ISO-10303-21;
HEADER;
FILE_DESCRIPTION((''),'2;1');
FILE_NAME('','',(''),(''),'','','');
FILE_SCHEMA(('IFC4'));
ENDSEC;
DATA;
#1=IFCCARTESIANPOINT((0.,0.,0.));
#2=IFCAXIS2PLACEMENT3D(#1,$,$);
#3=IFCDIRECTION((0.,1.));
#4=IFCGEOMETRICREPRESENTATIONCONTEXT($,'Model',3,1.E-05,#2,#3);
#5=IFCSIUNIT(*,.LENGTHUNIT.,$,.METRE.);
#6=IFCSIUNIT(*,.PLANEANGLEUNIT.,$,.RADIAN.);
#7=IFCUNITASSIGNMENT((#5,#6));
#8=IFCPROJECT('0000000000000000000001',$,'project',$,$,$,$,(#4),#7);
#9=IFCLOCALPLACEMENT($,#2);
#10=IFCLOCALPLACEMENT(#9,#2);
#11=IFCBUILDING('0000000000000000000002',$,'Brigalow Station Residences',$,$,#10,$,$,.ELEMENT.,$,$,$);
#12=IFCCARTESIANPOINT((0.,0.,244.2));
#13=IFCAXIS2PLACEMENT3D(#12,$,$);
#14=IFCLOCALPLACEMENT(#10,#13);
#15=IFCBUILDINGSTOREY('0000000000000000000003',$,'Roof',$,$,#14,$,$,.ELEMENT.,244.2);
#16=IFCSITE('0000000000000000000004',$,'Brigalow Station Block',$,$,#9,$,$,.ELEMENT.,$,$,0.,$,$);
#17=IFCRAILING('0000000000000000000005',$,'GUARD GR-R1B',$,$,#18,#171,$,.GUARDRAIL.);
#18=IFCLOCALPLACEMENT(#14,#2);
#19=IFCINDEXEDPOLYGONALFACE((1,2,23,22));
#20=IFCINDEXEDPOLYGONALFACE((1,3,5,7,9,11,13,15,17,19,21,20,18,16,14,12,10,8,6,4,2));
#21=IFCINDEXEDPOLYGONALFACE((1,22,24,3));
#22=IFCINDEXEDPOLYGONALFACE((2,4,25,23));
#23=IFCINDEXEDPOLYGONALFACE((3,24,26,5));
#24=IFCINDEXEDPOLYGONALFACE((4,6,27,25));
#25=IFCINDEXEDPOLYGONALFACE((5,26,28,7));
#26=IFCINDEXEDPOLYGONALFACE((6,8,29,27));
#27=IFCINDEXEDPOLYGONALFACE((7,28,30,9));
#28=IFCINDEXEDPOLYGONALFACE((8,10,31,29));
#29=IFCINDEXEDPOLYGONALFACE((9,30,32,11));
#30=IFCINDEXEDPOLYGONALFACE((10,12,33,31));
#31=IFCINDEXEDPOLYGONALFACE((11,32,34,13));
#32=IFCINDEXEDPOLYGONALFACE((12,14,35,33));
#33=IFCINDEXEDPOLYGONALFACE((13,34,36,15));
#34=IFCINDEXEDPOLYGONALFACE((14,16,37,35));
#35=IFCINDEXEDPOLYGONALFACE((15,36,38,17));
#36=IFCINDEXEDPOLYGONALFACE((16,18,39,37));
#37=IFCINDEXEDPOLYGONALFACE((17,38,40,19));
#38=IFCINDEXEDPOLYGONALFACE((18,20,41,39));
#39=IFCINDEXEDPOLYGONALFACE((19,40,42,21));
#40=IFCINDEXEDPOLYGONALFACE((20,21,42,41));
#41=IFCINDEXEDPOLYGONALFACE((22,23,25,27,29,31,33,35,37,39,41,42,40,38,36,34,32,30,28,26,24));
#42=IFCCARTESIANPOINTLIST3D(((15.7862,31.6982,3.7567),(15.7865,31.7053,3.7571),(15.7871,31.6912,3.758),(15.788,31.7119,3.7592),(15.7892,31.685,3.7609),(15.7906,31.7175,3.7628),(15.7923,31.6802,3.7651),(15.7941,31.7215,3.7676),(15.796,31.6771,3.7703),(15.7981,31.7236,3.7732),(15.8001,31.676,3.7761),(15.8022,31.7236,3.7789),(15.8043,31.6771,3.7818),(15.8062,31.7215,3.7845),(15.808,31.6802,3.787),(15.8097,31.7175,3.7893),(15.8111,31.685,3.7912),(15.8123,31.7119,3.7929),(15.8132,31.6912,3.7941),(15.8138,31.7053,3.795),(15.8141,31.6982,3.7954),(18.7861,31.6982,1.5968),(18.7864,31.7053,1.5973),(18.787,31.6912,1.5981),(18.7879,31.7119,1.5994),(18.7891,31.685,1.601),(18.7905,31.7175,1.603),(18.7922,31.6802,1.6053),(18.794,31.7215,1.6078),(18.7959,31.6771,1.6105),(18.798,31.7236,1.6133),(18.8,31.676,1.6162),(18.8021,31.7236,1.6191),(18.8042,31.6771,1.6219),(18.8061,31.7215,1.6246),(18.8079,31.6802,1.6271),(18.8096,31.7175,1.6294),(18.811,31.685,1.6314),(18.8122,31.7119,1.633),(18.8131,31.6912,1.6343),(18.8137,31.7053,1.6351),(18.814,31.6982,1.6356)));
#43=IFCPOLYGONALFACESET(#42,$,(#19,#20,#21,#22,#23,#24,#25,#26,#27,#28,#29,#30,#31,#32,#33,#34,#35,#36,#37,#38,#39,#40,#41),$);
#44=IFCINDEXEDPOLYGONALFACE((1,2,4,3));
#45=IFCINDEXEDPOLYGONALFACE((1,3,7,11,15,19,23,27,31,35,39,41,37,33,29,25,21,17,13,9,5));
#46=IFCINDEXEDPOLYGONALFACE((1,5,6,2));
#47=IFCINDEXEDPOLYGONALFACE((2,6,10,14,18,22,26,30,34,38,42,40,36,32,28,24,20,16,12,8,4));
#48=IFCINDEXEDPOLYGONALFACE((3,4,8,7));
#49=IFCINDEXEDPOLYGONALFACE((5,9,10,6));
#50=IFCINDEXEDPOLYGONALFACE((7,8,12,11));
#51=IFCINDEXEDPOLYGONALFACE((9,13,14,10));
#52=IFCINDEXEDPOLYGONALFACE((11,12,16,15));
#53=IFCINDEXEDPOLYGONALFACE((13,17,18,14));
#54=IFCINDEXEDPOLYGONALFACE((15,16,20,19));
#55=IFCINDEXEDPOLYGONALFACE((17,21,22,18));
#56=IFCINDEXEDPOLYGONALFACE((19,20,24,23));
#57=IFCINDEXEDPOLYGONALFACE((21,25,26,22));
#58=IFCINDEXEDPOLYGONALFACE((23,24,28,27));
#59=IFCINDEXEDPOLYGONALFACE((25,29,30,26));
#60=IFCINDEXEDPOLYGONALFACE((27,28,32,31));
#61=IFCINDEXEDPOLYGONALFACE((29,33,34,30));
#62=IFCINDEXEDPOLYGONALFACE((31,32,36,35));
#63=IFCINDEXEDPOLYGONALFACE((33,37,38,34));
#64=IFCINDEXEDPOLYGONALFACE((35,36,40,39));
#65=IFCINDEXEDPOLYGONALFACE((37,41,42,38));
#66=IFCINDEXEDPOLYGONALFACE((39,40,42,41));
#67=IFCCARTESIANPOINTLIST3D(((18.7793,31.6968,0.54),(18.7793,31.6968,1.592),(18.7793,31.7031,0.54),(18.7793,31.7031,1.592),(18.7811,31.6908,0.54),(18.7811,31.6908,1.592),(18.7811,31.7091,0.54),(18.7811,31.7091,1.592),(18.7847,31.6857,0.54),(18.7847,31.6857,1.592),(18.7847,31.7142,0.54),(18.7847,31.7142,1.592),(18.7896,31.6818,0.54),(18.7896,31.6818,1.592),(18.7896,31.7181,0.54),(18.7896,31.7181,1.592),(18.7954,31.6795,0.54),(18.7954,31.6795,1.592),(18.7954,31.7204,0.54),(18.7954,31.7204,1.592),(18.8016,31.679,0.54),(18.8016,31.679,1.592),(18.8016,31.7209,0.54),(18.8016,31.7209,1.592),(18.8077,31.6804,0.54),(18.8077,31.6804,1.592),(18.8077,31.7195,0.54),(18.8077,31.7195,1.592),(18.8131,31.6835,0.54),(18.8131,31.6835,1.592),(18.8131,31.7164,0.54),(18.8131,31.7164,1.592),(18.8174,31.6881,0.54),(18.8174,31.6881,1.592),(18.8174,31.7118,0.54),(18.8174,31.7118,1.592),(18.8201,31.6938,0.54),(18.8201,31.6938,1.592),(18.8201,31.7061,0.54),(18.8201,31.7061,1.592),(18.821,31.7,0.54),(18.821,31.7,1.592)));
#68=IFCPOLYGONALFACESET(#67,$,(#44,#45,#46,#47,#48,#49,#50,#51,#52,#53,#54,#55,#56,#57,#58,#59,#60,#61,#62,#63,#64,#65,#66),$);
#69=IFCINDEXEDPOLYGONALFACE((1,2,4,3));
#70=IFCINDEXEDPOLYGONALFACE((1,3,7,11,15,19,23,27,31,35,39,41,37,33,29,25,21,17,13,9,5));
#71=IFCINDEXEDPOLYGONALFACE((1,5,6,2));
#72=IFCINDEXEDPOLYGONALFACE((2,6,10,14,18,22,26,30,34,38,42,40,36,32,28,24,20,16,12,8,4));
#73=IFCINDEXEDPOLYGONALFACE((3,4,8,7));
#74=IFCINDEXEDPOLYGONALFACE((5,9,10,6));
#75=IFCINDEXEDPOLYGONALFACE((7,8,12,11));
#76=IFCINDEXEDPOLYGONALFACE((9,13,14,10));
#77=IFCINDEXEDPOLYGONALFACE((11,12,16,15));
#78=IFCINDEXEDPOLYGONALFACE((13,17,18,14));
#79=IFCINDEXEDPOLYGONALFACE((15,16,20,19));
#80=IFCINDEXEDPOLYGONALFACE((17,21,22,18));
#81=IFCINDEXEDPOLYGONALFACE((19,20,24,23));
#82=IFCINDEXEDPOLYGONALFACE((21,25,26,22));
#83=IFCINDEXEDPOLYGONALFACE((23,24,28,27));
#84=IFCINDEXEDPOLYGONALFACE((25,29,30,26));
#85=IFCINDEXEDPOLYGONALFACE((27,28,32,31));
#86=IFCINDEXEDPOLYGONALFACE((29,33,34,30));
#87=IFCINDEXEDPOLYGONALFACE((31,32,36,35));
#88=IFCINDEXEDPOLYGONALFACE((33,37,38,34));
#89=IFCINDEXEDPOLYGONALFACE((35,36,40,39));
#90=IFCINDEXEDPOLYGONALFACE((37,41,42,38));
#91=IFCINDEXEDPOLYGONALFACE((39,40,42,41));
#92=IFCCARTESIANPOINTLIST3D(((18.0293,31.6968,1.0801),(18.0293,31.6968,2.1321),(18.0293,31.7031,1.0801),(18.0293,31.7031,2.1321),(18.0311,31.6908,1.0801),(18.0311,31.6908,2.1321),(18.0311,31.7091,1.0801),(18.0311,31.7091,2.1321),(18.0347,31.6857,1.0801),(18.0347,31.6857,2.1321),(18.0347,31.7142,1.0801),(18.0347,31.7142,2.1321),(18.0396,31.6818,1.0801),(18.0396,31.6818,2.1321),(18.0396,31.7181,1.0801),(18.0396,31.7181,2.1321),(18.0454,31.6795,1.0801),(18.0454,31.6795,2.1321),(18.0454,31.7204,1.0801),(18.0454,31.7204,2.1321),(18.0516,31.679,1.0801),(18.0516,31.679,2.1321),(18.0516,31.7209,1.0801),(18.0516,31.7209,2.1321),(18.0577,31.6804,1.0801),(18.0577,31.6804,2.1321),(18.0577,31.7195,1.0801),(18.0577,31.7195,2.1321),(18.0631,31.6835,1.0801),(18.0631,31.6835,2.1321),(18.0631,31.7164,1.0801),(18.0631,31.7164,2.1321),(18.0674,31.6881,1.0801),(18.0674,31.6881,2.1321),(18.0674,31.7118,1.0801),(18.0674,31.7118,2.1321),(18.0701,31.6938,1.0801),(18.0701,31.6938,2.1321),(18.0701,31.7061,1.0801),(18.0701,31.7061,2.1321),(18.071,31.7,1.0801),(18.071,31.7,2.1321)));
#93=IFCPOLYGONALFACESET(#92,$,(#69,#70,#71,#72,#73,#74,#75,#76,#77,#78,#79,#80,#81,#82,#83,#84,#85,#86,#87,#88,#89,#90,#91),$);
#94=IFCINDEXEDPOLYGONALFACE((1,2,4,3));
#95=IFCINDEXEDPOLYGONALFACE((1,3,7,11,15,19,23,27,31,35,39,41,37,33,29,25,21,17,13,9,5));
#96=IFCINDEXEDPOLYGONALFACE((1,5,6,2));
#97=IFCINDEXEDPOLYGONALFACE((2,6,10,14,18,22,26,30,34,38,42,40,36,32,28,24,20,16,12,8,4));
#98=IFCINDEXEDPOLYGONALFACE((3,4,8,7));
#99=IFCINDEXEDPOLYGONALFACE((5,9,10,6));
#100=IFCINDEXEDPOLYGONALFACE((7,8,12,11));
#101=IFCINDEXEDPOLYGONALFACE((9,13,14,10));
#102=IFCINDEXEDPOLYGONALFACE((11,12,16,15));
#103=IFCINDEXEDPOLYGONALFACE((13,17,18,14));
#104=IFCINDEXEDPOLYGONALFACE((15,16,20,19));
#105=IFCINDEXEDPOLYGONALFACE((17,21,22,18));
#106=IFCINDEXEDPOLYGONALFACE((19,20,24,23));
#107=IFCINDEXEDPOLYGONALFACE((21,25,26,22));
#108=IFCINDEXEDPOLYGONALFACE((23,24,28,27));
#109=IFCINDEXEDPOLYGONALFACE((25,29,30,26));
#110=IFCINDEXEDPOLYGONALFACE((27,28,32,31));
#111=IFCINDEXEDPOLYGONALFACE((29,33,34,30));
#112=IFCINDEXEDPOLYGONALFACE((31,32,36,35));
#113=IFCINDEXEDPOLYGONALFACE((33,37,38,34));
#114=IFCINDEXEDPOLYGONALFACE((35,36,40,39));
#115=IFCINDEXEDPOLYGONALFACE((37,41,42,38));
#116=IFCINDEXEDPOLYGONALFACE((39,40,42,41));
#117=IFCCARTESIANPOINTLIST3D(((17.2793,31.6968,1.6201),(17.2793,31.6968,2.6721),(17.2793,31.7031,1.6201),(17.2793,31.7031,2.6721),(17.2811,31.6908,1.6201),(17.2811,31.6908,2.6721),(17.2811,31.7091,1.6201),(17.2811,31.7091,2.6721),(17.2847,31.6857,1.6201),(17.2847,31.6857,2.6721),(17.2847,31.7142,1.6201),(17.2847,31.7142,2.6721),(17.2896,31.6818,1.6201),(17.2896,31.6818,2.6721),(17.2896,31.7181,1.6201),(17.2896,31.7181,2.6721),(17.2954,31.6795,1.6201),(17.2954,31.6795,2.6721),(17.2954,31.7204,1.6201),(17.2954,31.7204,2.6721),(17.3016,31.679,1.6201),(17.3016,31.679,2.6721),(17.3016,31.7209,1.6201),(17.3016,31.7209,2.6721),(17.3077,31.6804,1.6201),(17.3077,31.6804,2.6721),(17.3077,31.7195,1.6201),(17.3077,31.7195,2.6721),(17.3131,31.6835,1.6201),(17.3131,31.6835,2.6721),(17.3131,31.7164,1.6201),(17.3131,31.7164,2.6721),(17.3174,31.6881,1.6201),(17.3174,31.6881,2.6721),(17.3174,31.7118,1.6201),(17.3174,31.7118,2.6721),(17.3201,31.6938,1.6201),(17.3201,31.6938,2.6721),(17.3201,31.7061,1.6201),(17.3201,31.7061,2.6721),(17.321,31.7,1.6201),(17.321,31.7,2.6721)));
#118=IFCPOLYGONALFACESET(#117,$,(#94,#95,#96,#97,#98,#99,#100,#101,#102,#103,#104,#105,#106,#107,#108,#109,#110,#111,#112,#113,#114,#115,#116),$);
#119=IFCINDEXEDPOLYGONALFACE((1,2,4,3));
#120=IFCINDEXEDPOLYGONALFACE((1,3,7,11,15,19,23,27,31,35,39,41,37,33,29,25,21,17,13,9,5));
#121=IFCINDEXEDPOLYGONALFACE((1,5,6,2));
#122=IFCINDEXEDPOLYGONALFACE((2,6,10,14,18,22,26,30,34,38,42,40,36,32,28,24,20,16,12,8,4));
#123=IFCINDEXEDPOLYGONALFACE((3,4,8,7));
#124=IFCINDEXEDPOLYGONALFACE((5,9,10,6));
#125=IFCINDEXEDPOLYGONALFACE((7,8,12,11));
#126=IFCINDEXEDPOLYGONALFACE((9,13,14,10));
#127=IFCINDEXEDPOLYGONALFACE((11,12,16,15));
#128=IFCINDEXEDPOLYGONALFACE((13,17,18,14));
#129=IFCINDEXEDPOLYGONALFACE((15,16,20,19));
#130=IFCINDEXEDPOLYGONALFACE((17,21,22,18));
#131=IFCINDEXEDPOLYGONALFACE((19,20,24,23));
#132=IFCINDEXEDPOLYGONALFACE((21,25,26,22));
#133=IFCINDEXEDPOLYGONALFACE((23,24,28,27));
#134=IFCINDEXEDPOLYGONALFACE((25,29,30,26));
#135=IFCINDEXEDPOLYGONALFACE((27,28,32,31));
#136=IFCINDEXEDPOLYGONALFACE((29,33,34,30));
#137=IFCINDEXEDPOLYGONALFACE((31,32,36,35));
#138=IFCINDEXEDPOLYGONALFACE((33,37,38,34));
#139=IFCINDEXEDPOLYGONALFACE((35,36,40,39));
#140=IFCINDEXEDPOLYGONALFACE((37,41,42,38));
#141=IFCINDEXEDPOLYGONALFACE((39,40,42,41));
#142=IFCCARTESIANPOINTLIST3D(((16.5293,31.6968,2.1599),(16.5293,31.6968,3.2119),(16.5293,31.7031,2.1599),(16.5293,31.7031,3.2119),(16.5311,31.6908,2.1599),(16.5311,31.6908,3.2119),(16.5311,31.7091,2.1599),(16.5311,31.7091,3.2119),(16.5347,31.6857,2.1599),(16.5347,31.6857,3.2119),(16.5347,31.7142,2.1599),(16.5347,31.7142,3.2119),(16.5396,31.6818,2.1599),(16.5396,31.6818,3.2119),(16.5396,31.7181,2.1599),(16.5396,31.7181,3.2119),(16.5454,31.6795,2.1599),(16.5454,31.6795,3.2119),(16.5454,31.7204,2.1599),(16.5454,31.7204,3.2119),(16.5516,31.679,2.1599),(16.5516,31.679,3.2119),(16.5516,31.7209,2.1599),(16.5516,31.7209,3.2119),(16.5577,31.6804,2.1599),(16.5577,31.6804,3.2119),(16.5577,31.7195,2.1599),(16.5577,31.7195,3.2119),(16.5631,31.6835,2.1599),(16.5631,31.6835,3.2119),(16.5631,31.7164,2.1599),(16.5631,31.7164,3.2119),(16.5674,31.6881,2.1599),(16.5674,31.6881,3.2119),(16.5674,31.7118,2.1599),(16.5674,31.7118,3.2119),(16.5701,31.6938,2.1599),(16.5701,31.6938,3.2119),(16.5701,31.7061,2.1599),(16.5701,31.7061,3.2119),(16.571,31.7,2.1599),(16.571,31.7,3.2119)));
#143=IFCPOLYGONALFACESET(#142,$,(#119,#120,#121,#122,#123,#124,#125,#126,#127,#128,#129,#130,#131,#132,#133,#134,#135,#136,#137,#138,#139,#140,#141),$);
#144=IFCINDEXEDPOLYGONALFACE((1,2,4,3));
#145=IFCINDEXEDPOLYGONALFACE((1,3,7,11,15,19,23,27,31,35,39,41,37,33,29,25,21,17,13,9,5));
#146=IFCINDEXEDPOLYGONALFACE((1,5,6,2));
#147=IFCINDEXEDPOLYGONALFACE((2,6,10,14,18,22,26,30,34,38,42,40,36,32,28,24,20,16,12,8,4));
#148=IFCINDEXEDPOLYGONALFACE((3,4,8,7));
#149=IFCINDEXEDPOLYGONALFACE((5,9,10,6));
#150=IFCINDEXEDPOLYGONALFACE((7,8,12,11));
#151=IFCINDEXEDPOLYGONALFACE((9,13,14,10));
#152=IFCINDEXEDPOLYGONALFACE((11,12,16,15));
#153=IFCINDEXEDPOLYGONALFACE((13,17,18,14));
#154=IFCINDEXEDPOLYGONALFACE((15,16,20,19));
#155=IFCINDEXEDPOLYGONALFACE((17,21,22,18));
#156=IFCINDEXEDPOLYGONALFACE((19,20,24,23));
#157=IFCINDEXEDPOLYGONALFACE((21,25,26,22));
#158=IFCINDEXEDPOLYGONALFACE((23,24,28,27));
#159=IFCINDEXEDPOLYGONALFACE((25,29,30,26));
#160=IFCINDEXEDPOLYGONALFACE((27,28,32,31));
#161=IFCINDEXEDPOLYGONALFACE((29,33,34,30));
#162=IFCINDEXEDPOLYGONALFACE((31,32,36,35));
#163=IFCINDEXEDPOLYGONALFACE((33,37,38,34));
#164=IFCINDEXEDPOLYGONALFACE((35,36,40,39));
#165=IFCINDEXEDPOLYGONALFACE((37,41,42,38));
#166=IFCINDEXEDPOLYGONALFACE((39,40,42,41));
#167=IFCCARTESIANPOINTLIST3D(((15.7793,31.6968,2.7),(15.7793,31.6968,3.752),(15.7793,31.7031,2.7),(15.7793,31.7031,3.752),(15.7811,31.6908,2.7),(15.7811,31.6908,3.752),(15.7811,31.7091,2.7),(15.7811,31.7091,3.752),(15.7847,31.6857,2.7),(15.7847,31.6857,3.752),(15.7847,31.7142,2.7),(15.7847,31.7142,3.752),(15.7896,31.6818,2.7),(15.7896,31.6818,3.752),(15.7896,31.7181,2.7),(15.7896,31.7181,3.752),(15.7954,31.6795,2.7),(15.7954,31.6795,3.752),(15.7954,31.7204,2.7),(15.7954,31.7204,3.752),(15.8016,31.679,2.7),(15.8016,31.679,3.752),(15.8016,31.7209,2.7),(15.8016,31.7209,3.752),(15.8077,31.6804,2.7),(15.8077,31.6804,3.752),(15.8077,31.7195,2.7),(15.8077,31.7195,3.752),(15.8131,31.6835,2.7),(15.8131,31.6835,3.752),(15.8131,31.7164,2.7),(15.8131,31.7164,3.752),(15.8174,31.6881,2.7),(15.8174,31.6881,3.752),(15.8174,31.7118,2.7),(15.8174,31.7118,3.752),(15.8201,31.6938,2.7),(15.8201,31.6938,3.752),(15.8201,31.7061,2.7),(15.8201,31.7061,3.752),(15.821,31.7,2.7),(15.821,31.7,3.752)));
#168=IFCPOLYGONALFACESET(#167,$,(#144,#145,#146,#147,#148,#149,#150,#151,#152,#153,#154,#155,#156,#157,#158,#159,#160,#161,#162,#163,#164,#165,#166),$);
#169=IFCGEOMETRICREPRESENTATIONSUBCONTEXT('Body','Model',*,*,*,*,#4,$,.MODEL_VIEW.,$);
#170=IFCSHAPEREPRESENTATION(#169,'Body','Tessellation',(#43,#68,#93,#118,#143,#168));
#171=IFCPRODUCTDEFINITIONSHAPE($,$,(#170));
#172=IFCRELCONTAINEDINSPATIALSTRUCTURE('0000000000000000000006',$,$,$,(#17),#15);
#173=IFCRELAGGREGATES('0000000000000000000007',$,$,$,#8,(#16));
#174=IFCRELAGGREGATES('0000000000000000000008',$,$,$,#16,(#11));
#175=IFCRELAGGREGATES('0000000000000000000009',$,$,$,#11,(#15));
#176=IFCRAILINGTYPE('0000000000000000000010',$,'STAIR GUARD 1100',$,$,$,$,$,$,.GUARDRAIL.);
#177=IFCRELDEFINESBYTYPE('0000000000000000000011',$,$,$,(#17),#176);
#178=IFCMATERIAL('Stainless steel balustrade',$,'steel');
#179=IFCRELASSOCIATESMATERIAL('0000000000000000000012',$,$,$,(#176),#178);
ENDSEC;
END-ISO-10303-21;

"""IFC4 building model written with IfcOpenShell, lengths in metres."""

from ifc_helpers import new_model, si_unit, direction, frame, origin, origin_2d, place, context, subcontext, project, spatial, circle, extrude, material, type_object, element, save


model = new_model("IFC4")

# Units and contexts
model_context = context("Model", 3, precision=1e-05, world=origin(), true_north=direction((0.0, 1.0)))
body_context = subcontext(model_context, "Body", "Model", "MODEL_VIEW")
ifc_project = project(units=[si_unit("LENGTHUNIT", "METRE"), si_unit("PLANEANGLEUNIT", "RADIAN")], contexts=[model_context])

# Site, building, storey
site_placement = place(None, origin())
site = spatial("IfcSite", under=ifc_project, at=site_placement, Name="Brigalow Station Block", CompositionType="ELEMENT", RefElevation=0.0)
building_placement = place(site_placement, origin())
building = spatial("IfcBuilding", under=site, at=building_placement, Name="Brigalow Station Residences", CompositionType="ELEMENT")
storey_placement = place(building_placement, frame((0.0, 0.0, 244.2)))
storey = spatial("IfcBuildingStorey", under=building, at=storey_placement, Name="Roof", CompositionType="ELEMENT", Elevation=244.2)

# Railing
ifc_material_1 = material(Name="Stainless steel balustrade", Category="steel")
railing_type = type_object("IfcRailingType", Name="STAIR GUARD 1100", PredefinedType="GUARDRAIL", material=ifc_material_1)
for number, where, name in (
    (1, (18.8, 31.7, 0.54), "GUARD GR-R1B"),
):
    element("IfcRailing", number, at=place(storey_placement, frame(where)), inside=storey, type_object=railing_type, Name=name, PredefinedType="GUARDRAIL", context=body_context, shape_type="SweptSolid", body=[
        extrude(circle(Radius=0.0239, at=origin_2d()), frame((0.0, 0.0, 1.0762), z_axis=(-0.811546, 0.0, 0.584289), x_axis=(0.0, -1.0, 0.0)), (0.0, 0.0, 1.0), 3.6965),
        extrude(circle(Radius=0.021, at=origin_2d()), origin(), (0.0, 0.0, 1.0), 1.052),
        extrude(circle(Radius=0.021, at=origin_2d()), frame((-0.75, 0.0, 0.54)), (0.0, 0.0, 1.0), 1.052),
        extrude(circle(Radius=0.021, at=origin_2d()), frame((-1.5, 0.0, 1.0801)), (0.0, 0.0, 1.0), 1.052),
        extrude(circle(Radius=0.021, at=origin_2d()), frame((-2.25, 0.0, 1.6199)), (0.0, 0.0, 1.0), 1.052),
        extrude(circle(Radius=0.021, at=origin_2d()), frame((-3.0, 0.0, 2.1599)), (0.0, 0.0, 1.0), 1.052),
    ])

save(model, "model.ifc")
